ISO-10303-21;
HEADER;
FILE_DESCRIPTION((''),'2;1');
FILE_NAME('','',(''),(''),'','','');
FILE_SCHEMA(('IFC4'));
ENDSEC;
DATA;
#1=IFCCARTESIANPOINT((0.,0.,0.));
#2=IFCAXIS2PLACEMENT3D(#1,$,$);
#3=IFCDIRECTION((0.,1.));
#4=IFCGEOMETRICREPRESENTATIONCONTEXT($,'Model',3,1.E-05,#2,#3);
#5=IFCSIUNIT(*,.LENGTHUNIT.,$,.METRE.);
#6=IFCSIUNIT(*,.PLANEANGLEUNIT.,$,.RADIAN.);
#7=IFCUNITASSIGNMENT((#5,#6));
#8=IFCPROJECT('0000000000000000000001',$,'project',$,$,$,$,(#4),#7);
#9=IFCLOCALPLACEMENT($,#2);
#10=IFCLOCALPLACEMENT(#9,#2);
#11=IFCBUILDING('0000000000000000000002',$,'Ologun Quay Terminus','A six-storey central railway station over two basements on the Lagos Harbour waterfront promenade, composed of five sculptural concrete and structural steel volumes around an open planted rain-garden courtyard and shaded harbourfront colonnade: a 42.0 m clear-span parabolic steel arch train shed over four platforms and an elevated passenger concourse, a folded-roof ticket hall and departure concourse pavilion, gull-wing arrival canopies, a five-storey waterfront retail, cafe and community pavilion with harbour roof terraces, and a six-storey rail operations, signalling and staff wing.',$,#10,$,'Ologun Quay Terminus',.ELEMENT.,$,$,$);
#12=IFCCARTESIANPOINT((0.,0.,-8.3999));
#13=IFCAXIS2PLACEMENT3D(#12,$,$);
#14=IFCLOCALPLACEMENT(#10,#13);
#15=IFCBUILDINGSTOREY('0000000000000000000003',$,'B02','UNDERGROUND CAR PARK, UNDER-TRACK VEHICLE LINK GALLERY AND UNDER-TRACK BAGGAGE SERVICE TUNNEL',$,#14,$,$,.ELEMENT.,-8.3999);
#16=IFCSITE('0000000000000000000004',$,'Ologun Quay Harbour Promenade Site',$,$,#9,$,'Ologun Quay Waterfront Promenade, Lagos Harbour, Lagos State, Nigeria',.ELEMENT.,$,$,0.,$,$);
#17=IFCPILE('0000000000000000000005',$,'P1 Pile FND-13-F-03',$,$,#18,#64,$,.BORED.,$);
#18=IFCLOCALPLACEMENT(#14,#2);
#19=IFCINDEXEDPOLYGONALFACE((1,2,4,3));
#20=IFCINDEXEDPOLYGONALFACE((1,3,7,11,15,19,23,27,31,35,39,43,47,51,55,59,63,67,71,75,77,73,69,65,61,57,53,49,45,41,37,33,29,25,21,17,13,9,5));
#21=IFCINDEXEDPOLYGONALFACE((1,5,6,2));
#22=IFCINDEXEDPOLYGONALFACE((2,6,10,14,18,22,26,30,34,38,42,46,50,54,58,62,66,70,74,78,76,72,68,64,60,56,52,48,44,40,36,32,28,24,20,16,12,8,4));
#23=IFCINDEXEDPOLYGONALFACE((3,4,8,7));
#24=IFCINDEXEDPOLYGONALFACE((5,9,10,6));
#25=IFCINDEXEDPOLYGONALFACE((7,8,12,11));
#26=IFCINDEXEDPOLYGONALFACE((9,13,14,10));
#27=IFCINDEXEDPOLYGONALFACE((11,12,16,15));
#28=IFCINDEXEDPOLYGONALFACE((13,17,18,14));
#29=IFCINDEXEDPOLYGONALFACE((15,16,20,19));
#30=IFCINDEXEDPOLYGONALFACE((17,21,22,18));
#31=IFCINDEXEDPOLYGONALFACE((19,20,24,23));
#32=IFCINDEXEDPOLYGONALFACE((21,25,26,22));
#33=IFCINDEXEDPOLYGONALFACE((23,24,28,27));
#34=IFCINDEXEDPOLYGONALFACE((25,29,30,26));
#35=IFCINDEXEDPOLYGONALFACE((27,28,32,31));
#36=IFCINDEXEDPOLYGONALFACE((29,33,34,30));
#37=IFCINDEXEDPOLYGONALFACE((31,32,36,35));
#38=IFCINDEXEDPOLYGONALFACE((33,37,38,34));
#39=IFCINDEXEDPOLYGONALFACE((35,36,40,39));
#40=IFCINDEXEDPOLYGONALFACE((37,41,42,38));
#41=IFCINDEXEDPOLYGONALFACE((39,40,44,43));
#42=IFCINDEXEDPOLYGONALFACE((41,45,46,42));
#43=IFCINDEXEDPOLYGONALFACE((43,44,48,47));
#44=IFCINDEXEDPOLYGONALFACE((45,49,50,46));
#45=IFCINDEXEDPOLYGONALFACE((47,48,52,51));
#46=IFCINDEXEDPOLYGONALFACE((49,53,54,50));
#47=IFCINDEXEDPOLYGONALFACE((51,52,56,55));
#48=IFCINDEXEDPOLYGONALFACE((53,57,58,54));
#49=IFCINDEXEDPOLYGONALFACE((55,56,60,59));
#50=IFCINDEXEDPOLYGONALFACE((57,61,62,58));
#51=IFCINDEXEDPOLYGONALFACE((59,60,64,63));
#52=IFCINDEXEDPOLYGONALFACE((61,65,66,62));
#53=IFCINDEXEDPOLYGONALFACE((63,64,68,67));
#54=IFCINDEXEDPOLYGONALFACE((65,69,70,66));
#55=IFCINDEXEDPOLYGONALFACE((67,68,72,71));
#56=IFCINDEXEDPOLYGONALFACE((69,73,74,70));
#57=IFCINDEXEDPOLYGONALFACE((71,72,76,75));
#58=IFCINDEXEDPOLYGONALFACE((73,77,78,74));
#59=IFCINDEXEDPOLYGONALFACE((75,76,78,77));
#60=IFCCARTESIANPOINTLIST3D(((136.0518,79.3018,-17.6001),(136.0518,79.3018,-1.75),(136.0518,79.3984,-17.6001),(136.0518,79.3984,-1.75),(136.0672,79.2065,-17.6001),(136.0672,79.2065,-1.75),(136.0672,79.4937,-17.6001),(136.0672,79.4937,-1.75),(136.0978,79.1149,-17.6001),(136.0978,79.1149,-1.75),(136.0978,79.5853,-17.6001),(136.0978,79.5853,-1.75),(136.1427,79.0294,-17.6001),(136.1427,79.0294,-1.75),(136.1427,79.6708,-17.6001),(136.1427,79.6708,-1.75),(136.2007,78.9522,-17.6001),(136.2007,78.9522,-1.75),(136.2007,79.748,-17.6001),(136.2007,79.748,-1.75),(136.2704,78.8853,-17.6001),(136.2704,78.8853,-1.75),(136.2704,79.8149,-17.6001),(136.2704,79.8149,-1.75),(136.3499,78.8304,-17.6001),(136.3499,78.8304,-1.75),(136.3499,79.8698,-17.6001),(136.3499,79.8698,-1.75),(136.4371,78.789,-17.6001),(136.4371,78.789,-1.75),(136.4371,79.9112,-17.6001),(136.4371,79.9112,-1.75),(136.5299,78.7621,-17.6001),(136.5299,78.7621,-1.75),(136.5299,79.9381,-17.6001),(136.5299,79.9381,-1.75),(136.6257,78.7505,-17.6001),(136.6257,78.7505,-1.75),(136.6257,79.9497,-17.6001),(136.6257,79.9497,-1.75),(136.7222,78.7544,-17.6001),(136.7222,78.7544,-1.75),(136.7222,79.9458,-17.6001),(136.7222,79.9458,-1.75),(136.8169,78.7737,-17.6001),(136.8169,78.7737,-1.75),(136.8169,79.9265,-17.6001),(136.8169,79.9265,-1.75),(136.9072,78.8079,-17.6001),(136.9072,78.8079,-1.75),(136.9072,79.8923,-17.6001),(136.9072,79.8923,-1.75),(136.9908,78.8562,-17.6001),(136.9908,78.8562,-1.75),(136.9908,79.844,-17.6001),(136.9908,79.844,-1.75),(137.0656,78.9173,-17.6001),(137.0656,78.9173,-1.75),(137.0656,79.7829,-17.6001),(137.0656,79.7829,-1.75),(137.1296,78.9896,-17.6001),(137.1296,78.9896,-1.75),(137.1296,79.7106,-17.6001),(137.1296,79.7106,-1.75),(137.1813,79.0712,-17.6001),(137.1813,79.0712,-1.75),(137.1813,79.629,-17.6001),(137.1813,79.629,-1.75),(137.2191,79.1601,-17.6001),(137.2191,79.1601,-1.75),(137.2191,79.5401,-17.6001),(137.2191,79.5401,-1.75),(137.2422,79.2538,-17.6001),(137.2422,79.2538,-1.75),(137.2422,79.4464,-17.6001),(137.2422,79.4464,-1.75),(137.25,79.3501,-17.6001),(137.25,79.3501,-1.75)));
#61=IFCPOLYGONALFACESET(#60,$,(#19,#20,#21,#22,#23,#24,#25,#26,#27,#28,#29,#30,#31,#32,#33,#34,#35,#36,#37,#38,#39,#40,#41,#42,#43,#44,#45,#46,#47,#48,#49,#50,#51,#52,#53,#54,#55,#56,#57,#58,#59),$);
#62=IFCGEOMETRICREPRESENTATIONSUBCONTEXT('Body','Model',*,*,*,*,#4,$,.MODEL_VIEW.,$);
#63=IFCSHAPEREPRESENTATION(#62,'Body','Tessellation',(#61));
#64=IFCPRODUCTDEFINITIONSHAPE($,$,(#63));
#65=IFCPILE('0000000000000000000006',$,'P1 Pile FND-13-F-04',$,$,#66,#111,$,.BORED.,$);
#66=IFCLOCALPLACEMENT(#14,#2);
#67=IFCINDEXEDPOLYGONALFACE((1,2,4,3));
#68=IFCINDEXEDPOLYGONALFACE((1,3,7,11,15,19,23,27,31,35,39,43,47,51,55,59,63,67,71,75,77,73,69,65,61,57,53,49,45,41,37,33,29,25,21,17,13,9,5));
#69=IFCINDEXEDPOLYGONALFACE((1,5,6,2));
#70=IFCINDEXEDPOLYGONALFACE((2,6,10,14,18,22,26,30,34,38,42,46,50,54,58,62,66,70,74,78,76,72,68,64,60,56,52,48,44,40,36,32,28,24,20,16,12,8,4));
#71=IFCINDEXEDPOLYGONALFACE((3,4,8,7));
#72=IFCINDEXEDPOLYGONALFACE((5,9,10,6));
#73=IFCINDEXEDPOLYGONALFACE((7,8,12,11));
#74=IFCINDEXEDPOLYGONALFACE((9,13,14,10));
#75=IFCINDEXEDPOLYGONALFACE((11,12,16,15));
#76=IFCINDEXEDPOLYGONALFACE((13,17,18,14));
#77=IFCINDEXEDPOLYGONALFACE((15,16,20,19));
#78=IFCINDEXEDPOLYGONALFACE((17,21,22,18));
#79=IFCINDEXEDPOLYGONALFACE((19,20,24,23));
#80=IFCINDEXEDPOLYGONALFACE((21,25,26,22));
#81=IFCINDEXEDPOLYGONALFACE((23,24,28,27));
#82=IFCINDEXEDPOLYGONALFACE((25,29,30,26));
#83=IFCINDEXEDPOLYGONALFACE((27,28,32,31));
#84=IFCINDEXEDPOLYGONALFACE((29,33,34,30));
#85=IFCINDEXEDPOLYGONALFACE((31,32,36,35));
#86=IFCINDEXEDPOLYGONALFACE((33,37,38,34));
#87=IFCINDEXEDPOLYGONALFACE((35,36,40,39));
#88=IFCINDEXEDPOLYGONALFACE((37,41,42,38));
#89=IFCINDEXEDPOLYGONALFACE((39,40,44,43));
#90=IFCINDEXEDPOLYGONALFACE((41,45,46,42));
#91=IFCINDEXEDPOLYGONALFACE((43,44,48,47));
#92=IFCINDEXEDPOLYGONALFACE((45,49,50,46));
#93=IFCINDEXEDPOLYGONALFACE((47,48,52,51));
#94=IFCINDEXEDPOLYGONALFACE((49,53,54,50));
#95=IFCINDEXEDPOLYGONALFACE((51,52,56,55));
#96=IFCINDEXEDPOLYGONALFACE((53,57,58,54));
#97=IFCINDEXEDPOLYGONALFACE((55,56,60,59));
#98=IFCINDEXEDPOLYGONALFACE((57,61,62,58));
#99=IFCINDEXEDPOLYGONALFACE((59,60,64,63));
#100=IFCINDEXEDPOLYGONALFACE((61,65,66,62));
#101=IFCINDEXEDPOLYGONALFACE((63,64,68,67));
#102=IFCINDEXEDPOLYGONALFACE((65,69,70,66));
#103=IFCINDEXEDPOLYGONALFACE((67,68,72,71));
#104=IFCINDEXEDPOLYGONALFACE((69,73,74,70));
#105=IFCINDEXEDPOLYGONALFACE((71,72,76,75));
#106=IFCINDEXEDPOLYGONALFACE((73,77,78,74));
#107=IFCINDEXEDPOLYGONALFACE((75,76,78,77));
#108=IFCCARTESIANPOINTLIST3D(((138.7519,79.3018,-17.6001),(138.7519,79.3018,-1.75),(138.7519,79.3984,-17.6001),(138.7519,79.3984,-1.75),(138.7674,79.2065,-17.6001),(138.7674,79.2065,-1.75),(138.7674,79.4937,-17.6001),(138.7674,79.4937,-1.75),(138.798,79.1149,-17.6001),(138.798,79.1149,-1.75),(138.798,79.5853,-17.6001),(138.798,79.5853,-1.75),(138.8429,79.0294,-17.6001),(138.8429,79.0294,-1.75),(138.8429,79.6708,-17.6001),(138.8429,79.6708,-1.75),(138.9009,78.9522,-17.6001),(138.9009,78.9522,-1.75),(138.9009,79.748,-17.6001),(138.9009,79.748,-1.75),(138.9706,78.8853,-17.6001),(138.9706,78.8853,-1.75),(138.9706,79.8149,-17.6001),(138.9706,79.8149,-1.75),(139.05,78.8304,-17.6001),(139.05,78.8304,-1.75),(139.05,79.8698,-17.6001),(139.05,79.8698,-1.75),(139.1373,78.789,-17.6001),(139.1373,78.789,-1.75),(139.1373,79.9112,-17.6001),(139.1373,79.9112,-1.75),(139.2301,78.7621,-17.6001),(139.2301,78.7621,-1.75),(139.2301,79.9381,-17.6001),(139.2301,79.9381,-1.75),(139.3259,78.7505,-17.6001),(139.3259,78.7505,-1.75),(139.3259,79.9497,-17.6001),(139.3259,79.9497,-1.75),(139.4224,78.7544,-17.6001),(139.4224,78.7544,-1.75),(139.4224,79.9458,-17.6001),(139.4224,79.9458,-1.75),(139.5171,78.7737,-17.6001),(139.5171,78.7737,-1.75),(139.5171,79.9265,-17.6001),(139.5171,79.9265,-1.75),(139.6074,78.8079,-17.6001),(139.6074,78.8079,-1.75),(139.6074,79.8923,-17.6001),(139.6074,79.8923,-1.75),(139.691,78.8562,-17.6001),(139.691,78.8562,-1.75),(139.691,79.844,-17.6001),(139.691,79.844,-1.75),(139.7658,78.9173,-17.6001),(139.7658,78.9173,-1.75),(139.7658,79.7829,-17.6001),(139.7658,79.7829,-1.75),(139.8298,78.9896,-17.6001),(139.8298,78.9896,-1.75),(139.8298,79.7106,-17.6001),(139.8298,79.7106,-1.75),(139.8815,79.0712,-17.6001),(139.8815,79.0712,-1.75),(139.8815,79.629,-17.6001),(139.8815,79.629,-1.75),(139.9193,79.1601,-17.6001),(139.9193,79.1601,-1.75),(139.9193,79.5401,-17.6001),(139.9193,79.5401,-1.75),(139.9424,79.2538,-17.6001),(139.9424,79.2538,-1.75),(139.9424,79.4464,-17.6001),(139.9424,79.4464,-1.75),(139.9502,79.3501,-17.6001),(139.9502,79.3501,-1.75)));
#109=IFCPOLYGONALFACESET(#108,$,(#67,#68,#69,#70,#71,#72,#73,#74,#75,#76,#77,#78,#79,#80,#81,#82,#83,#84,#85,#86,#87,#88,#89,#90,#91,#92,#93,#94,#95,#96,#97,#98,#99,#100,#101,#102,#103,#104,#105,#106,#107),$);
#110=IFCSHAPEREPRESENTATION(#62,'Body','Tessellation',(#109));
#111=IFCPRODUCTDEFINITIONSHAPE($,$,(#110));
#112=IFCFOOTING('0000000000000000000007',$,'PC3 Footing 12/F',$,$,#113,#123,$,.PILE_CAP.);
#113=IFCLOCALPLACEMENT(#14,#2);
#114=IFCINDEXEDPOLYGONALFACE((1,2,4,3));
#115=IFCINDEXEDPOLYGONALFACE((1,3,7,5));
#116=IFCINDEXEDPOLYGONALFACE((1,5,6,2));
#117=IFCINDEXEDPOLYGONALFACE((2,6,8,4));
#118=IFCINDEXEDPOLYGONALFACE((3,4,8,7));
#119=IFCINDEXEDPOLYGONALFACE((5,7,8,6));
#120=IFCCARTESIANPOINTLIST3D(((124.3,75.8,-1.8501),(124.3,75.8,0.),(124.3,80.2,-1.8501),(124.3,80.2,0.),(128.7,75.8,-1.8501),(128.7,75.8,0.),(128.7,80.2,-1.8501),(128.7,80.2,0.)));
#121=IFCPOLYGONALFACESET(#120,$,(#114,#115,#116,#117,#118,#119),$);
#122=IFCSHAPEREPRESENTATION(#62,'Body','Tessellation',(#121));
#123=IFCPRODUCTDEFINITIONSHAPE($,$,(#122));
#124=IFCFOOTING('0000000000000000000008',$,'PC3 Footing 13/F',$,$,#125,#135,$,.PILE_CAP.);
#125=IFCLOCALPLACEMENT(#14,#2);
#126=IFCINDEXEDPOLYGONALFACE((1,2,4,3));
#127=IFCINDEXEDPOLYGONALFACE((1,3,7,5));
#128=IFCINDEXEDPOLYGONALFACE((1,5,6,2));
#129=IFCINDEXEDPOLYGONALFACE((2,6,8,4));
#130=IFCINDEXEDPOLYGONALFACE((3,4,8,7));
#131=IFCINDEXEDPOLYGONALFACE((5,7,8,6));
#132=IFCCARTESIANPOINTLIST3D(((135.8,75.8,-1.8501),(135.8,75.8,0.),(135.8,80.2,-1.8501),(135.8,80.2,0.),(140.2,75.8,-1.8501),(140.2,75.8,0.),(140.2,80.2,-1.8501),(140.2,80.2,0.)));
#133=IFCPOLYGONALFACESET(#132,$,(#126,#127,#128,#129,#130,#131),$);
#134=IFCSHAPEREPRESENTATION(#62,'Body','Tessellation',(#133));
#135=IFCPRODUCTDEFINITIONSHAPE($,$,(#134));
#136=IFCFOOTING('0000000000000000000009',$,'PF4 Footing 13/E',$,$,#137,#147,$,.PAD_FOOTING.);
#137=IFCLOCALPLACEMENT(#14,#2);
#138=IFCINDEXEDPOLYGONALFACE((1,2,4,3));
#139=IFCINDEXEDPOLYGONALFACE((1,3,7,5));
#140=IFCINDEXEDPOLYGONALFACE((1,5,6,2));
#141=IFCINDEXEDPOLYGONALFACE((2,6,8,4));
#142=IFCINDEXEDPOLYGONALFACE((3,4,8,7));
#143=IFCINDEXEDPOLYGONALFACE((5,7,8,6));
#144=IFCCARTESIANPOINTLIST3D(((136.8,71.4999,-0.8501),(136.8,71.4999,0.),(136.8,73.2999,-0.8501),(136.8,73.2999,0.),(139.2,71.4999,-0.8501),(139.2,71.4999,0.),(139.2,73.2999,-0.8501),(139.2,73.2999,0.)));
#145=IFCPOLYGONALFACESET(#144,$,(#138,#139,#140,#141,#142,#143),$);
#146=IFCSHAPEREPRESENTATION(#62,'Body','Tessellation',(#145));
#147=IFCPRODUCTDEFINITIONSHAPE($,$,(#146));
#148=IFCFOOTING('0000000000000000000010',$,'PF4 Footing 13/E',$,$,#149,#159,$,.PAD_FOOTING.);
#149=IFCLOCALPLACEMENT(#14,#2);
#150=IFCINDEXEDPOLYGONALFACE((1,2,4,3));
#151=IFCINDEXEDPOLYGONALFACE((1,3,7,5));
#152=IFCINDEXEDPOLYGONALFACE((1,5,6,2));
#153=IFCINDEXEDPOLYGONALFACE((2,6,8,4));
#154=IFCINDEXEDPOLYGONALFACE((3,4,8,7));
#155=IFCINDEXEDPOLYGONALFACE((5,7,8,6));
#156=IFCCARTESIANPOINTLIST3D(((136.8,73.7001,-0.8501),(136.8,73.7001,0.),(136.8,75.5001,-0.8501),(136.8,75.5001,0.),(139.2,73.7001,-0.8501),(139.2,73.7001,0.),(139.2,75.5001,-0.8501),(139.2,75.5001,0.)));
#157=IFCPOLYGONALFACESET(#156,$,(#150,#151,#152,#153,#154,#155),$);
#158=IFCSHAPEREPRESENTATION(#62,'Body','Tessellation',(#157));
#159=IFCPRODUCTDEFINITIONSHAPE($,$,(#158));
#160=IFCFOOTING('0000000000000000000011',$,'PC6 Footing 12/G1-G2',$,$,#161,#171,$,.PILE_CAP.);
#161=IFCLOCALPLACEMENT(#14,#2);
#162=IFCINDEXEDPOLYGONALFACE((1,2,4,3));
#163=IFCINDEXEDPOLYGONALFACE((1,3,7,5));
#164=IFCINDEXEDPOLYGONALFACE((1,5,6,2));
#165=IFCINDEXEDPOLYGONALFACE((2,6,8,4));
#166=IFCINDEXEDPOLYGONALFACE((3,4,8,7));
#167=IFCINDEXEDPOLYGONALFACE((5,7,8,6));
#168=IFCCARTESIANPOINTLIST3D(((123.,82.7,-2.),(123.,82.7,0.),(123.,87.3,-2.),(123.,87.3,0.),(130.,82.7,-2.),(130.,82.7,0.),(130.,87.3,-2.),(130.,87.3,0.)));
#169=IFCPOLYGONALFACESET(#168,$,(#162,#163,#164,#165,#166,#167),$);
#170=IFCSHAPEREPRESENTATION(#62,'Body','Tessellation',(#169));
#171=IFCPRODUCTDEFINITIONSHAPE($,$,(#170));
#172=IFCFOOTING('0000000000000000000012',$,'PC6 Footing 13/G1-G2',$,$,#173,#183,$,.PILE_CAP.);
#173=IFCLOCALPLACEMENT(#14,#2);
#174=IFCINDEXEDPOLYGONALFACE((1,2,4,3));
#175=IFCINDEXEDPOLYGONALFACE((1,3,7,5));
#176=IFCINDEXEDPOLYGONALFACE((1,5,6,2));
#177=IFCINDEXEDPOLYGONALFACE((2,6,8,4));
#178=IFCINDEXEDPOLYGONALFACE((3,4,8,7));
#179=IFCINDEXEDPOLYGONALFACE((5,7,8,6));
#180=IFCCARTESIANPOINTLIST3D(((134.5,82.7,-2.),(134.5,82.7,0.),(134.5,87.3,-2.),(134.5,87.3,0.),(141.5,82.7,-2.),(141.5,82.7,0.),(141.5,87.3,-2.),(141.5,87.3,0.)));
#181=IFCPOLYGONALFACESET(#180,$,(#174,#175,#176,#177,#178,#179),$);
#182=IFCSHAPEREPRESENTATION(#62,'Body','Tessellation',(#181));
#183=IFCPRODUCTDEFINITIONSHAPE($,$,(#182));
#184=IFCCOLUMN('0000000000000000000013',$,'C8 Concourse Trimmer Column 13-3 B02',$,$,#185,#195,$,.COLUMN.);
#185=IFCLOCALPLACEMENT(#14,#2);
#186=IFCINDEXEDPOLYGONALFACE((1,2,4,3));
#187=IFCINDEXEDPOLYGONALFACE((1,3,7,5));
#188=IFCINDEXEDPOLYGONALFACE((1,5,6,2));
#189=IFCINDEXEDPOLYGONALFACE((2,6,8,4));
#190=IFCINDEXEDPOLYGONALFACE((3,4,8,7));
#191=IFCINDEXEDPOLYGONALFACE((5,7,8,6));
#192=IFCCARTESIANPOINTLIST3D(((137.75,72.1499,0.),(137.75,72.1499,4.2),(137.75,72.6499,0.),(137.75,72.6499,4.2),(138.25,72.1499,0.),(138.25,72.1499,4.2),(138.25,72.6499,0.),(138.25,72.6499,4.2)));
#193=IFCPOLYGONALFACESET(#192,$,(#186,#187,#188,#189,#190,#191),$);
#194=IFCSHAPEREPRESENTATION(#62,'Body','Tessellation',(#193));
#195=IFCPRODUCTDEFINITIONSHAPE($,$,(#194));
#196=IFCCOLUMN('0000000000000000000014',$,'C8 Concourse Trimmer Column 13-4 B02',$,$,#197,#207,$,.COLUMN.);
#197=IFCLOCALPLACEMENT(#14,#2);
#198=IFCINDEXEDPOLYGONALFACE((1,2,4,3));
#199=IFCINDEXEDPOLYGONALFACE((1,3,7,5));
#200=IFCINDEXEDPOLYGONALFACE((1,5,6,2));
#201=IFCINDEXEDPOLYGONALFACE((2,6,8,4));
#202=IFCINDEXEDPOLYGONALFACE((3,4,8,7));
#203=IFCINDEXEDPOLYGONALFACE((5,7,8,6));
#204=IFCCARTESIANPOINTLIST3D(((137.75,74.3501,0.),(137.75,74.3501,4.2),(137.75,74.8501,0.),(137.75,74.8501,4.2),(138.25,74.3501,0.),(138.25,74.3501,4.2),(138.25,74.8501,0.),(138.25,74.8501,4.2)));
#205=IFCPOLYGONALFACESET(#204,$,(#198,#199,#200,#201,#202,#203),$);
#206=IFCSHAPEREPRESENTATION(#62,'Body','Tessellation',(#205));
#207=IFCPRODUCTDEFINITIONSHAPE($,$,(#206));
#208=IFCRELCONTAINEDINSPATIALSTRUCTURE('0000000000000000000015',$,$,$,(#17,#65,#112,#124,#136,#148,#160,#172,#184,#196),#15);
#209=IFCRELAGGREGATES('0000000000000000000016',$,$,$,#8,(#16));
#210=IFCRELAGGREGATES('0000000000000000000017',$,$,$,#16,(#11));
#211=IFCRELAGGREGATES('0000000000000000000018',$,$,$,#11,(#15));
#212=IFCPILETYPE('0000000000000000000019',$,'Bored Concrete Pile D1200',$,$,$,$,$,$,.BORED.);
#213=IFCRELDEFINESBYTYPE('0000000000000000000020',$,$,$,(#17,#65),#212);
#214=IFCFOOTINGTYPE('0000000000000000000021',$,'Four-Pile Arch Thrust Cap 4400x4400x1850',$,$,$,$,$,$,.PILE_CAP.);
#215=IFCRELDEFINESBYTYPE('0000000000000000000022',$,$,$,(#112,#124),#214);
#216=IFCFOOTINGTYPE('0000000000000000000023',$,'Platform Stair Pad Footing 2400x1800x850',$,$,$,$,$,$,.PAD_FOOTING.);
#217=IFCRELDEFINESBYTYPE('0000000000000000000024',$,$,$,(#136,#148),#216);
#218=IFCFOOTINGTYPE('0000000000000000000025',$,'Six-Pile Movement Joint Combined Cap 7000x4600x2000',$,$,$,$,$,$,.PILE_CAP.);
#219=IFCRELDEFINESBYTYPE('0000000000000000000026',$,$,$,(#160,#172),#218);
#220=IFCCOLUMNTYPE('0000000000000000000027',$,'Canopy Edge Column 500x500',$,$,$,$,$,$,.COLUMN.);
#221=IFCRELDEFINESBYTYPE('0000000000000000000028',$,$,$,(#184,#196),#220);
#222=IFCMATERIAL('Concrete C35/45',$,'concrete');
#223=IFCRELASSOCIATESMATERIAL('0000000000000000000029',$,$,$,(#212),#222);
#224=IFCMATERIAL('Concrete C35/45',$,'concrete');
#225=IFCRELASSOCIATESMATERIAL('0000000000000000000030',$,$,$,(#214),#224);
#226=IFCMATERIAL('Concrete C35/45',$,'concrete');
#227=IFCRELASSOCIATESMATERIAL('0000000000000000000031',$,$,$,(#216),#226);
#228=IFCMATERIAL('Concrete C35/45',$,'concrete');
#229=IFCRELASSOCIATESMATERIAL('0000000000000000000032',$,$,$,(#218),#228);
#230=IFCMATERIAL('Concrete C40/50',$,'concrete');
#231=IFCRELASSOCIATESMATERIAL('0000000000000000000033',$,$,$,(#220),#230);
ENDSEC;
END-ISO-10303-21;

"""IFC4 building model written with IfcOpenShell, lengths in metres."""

from ifc_helpers import new_model, si_unit, direction, frame, origin, origin_2d, place, context, subcontext, project, spatial, rectangle, circle, extrude, material, material_profile, profile_set, type_object, element, save


model = new_model("IFC4")

# Units and contexts
model_context = context("Model", 3, precision=1e-05, world=origin(), true_north=direction((0.0, 1.0)))
body_context = subcontext(model_context, "Body", "Model", "MODEL_VIEW")
ifc_project = project(units=[si_unit("LENGTHUNIT", "METRE"), si_unit("PLANEANGLEUNIT", "RADIAN")], contexts=[model_context])

# Site, building, storey
site_placement = place(None, origin())
site = spatial("IfcSite", under=ifc_project, at=site_placement, Name="Ologun Quay Harbour Promenade Site", LongName="Ologun Quay Waterfront Promenade, Lagos Harbour, Lagos State, Nigeria", CompositionType="ELEMENT", RefElevation=0.0)
building_placement = place(site_placement, origin())
building = spatial("IfcBuilding", under=site, at=building_placement, Name="Ologun Quay Terminus", Description="A six-storey central railway station over two basements on the Lagos Harbour waterfront promenade, composed of five sculptural concrete and structural steel volumes around an open planted rain-garden courtyard and shaded harbourfront colonnade: a 42.0 m clear-span parabolic steel arch train shed over four platforms and an elevated passenger concourse, a folded-roof ticket hall and departure concourse pavilion, gull-wing arrival canopies, a five-storey waterfront retail, cafe and community pavilion with harbour roof terraces, and a six-storey rail operations, signalling and staff wing.", LongName="Ologun Quay Terminus", CompositionType="ELEMENT")
storey_placement = place(building_placement, frame((0.0, 0.0, -8.3999)))
storey = spatial("IfcBuildingStorey", under=building, at=storey_placement, Name="B02", Description="UNDERGROUND CAR PARK, UNDER-TRACK VEHICLE LINK GALLERY AND UNDER-TRACK BAGGAGE SERVICE TUNNEL", CompositionType="ELEMENT", Elevation=-8.3999)

# Piles
ifc_material_1 = material(Name="Concrete C35/45", Category="concrete")
ifc_material_profile_1 = material_profile(ifc_material_1, circle(Radius=0.6001, at=origin_2d()), Name="PILE D1200")
ifc_profile_set_1 = profile_set([ifc_material_profile_1], Name="Concrete C35/45")
pile_type = type_object("IfcPileType", Name="Bored Concrete Pile D1200", PredefinedType="BORED", material=ifc_profile_set_1)
for number, where, z_axis, x_axis, name in (
    (1, (136.6499, 79.3501, -1.75), (0.0, 0.0, -1.0), (1.0, 0.0, 0.0), "P1 Pile FND-13-F-03"),
    (2, (139.3501, 79.3501, -1.75), (0.0, 0.0, -1.0), (1.0, 0.0, 0.0), "P1 Pile FND-13-F-04"),
):
    element("IfcPile", number, at=place(storey_placement, frame(where, z_axis=z_axis, x_axis=x_axis)), inside=storey, type_object=pile_type, Name=name, PredefinedType="BORED", context=body_context, shape_type="SweptSolid", body=[
        extrude(circle(Radius=0.6001, at=origin_2d()), origin(), (0.0, 0.0, 1.0), 15.8501),
    ])

# Footings
ifc_material_2 = material(Name="Concrete C35/45", Category="concrete")
footing_type_1 = type_object("IfcFootingType", Name="Four-Pile Arch Thrust Cap 4400x4400x1850", PredefinedType="PILE_CAP", material=ifc_material_2)
for number, where, z_axis, x_axis, name in (
    (3, (126.5, 78.0, -1.8501), (0.0, 0.0, 1.0), (1.0, 0.0, 0.0), "PC3 Footing 12/F"),
    (4, (138.0, 78.0, -1.8501), (0.0, 0.0, 1.0), (1.0, 0.0, 0.0), "PC3 Footing 13/F"),
):
    element("IfcFooting", number, at=place(storey_placement, frame(where, z_axis=z_axis, x_axis=x_axis)), inside=storey, type_object=footing_type_1, Name=name, PredefinedType="PILE_CAP", context=body_context, shape_type="SweptSolid", body=[
        extrude(rectangle(XDim=4.3999, YDim=4.3999, at=origin_2d()), origin(), (0.0, 0.0, 1.0), 1.8501),
    ])
ifc_material_3 = material(Name="Concrete C35/45", Category="concrete")
footing_type_2 = type_object("IfcFootingType", Name="Platform Stair Pad Footing 2400x1800x850", PredefinedType="PAD_FOOTING", material=ifc_material_3)
for number, where, z_axis, x_axis, name in (
    (5, (138.0, 72.3999, -0.8501), (0.0, 0.0, 1.0), (1.0, 0.0, 0.0), "PF4 Footing 13/E"),
    (6, (138.0, 74.6001, -0.8501), (0.0, 0.0, 1.0), (1.0, 0.0, 0.0), "PF4 Footing 13/E"),
):
    element("IfcFooting", number, at=place(storey_placement, frame(where, z_axis=z_axis, x_axis=x_axis)), inside=storey, type_object=footing_type_2, Name=name, PredefinedType="PAD_FOOTING", context=body_context, shape_type="SweptSolid", body=[
        extrude(rectangle(XDim=2.3999, YDim=1.8, at=origin_2d()), origin(), (0.0, 0.0, 1.0), 0.8501),
    ])
ifc_material_4 = material(Name="Concrete C35/45", Category="concrete")
footing_type_3 = type_object("IfcFootingType", Name="Six-Pile Movement Joint Combined Cap 7000x4600x2000", PredefinedType="PILE_CAP", material=ifc_material_4)
for number, where, z_axis, x_axis, name in (
    (7, (126.5, 85.0, -2.0), (0.0, 0.0, 1.0), (1.0, 0.0, 0.0), "PC6 Footing 12/G1-G2"),
    (8, (138.0, 85.0, -2.0), (0.0, 0.0, 1.0), (1.0, 0.0, 0.0), "PC6 Footing 13/G1-G2"),
):
    element("IfcFooting", number, at=place(storey_placement, frame(where, z_axis=z_axis, x_axis=x_axis)), inside=storey, type_object=footing_type_3, Name=name, PredefinedType="PILE_CAP", context=body_context, shape_type="SweptSolid", body=[
        extrude(rectangle(XDim=7.0, YDim=4.6001, at=origin_2d()), origin(), (0.0, 0.0, 1.0), 2.0),
    ])

# Columns
ifc_material_5 = material(Name="Concrete C40/50", Category="concrete")
ifc_material_profile_2 = material_profile(ifc_material_5, rectangle(XDim=0.5, YDim=0.5, at=origin_2d()), Name="RC 500x500")
ifc_profile_set_2 = profile_set([ifc_material_profile_2], Name="Concrete C40/50")
column_type_1 = type_object("IfcColumnType", Name="Canopy Edge Column 500x500", PredefinedType="COLUMN", material=ifc_profile_set_2)
for number, where, z_axis, x_axis, name in (
    (9, (138.0, 72.3999, 0.0), (0.0, 0.0, 1.0), (1.0, 0.0, 0.0), "C8 Concourse Trimmer Column 13-3 B02"),
    (10, (138.0, 74.6001, 0.0), (0.0, 0.0, 1.0), (1.0, 0.0, 0.0), "C8 Concourse Trimmer Column 13-4 B02"),
):
    element("IfcColumn", number, at=place(storey_placement, frame(where, z_axis=z_axis, x_axis=x_axis)), inside=storey, type_object=column_type_1, Name=name, PredefinedType="COLUMN", context=body_context, shape_type="SweptSolid", body=[
        extrude(rectangle(XDim=0.5, YDim=0.5, at=origin_2d()), origin(), (0.0, 0.0, 1.0), 4.2),
    ])

save(model, "model.ifc")
